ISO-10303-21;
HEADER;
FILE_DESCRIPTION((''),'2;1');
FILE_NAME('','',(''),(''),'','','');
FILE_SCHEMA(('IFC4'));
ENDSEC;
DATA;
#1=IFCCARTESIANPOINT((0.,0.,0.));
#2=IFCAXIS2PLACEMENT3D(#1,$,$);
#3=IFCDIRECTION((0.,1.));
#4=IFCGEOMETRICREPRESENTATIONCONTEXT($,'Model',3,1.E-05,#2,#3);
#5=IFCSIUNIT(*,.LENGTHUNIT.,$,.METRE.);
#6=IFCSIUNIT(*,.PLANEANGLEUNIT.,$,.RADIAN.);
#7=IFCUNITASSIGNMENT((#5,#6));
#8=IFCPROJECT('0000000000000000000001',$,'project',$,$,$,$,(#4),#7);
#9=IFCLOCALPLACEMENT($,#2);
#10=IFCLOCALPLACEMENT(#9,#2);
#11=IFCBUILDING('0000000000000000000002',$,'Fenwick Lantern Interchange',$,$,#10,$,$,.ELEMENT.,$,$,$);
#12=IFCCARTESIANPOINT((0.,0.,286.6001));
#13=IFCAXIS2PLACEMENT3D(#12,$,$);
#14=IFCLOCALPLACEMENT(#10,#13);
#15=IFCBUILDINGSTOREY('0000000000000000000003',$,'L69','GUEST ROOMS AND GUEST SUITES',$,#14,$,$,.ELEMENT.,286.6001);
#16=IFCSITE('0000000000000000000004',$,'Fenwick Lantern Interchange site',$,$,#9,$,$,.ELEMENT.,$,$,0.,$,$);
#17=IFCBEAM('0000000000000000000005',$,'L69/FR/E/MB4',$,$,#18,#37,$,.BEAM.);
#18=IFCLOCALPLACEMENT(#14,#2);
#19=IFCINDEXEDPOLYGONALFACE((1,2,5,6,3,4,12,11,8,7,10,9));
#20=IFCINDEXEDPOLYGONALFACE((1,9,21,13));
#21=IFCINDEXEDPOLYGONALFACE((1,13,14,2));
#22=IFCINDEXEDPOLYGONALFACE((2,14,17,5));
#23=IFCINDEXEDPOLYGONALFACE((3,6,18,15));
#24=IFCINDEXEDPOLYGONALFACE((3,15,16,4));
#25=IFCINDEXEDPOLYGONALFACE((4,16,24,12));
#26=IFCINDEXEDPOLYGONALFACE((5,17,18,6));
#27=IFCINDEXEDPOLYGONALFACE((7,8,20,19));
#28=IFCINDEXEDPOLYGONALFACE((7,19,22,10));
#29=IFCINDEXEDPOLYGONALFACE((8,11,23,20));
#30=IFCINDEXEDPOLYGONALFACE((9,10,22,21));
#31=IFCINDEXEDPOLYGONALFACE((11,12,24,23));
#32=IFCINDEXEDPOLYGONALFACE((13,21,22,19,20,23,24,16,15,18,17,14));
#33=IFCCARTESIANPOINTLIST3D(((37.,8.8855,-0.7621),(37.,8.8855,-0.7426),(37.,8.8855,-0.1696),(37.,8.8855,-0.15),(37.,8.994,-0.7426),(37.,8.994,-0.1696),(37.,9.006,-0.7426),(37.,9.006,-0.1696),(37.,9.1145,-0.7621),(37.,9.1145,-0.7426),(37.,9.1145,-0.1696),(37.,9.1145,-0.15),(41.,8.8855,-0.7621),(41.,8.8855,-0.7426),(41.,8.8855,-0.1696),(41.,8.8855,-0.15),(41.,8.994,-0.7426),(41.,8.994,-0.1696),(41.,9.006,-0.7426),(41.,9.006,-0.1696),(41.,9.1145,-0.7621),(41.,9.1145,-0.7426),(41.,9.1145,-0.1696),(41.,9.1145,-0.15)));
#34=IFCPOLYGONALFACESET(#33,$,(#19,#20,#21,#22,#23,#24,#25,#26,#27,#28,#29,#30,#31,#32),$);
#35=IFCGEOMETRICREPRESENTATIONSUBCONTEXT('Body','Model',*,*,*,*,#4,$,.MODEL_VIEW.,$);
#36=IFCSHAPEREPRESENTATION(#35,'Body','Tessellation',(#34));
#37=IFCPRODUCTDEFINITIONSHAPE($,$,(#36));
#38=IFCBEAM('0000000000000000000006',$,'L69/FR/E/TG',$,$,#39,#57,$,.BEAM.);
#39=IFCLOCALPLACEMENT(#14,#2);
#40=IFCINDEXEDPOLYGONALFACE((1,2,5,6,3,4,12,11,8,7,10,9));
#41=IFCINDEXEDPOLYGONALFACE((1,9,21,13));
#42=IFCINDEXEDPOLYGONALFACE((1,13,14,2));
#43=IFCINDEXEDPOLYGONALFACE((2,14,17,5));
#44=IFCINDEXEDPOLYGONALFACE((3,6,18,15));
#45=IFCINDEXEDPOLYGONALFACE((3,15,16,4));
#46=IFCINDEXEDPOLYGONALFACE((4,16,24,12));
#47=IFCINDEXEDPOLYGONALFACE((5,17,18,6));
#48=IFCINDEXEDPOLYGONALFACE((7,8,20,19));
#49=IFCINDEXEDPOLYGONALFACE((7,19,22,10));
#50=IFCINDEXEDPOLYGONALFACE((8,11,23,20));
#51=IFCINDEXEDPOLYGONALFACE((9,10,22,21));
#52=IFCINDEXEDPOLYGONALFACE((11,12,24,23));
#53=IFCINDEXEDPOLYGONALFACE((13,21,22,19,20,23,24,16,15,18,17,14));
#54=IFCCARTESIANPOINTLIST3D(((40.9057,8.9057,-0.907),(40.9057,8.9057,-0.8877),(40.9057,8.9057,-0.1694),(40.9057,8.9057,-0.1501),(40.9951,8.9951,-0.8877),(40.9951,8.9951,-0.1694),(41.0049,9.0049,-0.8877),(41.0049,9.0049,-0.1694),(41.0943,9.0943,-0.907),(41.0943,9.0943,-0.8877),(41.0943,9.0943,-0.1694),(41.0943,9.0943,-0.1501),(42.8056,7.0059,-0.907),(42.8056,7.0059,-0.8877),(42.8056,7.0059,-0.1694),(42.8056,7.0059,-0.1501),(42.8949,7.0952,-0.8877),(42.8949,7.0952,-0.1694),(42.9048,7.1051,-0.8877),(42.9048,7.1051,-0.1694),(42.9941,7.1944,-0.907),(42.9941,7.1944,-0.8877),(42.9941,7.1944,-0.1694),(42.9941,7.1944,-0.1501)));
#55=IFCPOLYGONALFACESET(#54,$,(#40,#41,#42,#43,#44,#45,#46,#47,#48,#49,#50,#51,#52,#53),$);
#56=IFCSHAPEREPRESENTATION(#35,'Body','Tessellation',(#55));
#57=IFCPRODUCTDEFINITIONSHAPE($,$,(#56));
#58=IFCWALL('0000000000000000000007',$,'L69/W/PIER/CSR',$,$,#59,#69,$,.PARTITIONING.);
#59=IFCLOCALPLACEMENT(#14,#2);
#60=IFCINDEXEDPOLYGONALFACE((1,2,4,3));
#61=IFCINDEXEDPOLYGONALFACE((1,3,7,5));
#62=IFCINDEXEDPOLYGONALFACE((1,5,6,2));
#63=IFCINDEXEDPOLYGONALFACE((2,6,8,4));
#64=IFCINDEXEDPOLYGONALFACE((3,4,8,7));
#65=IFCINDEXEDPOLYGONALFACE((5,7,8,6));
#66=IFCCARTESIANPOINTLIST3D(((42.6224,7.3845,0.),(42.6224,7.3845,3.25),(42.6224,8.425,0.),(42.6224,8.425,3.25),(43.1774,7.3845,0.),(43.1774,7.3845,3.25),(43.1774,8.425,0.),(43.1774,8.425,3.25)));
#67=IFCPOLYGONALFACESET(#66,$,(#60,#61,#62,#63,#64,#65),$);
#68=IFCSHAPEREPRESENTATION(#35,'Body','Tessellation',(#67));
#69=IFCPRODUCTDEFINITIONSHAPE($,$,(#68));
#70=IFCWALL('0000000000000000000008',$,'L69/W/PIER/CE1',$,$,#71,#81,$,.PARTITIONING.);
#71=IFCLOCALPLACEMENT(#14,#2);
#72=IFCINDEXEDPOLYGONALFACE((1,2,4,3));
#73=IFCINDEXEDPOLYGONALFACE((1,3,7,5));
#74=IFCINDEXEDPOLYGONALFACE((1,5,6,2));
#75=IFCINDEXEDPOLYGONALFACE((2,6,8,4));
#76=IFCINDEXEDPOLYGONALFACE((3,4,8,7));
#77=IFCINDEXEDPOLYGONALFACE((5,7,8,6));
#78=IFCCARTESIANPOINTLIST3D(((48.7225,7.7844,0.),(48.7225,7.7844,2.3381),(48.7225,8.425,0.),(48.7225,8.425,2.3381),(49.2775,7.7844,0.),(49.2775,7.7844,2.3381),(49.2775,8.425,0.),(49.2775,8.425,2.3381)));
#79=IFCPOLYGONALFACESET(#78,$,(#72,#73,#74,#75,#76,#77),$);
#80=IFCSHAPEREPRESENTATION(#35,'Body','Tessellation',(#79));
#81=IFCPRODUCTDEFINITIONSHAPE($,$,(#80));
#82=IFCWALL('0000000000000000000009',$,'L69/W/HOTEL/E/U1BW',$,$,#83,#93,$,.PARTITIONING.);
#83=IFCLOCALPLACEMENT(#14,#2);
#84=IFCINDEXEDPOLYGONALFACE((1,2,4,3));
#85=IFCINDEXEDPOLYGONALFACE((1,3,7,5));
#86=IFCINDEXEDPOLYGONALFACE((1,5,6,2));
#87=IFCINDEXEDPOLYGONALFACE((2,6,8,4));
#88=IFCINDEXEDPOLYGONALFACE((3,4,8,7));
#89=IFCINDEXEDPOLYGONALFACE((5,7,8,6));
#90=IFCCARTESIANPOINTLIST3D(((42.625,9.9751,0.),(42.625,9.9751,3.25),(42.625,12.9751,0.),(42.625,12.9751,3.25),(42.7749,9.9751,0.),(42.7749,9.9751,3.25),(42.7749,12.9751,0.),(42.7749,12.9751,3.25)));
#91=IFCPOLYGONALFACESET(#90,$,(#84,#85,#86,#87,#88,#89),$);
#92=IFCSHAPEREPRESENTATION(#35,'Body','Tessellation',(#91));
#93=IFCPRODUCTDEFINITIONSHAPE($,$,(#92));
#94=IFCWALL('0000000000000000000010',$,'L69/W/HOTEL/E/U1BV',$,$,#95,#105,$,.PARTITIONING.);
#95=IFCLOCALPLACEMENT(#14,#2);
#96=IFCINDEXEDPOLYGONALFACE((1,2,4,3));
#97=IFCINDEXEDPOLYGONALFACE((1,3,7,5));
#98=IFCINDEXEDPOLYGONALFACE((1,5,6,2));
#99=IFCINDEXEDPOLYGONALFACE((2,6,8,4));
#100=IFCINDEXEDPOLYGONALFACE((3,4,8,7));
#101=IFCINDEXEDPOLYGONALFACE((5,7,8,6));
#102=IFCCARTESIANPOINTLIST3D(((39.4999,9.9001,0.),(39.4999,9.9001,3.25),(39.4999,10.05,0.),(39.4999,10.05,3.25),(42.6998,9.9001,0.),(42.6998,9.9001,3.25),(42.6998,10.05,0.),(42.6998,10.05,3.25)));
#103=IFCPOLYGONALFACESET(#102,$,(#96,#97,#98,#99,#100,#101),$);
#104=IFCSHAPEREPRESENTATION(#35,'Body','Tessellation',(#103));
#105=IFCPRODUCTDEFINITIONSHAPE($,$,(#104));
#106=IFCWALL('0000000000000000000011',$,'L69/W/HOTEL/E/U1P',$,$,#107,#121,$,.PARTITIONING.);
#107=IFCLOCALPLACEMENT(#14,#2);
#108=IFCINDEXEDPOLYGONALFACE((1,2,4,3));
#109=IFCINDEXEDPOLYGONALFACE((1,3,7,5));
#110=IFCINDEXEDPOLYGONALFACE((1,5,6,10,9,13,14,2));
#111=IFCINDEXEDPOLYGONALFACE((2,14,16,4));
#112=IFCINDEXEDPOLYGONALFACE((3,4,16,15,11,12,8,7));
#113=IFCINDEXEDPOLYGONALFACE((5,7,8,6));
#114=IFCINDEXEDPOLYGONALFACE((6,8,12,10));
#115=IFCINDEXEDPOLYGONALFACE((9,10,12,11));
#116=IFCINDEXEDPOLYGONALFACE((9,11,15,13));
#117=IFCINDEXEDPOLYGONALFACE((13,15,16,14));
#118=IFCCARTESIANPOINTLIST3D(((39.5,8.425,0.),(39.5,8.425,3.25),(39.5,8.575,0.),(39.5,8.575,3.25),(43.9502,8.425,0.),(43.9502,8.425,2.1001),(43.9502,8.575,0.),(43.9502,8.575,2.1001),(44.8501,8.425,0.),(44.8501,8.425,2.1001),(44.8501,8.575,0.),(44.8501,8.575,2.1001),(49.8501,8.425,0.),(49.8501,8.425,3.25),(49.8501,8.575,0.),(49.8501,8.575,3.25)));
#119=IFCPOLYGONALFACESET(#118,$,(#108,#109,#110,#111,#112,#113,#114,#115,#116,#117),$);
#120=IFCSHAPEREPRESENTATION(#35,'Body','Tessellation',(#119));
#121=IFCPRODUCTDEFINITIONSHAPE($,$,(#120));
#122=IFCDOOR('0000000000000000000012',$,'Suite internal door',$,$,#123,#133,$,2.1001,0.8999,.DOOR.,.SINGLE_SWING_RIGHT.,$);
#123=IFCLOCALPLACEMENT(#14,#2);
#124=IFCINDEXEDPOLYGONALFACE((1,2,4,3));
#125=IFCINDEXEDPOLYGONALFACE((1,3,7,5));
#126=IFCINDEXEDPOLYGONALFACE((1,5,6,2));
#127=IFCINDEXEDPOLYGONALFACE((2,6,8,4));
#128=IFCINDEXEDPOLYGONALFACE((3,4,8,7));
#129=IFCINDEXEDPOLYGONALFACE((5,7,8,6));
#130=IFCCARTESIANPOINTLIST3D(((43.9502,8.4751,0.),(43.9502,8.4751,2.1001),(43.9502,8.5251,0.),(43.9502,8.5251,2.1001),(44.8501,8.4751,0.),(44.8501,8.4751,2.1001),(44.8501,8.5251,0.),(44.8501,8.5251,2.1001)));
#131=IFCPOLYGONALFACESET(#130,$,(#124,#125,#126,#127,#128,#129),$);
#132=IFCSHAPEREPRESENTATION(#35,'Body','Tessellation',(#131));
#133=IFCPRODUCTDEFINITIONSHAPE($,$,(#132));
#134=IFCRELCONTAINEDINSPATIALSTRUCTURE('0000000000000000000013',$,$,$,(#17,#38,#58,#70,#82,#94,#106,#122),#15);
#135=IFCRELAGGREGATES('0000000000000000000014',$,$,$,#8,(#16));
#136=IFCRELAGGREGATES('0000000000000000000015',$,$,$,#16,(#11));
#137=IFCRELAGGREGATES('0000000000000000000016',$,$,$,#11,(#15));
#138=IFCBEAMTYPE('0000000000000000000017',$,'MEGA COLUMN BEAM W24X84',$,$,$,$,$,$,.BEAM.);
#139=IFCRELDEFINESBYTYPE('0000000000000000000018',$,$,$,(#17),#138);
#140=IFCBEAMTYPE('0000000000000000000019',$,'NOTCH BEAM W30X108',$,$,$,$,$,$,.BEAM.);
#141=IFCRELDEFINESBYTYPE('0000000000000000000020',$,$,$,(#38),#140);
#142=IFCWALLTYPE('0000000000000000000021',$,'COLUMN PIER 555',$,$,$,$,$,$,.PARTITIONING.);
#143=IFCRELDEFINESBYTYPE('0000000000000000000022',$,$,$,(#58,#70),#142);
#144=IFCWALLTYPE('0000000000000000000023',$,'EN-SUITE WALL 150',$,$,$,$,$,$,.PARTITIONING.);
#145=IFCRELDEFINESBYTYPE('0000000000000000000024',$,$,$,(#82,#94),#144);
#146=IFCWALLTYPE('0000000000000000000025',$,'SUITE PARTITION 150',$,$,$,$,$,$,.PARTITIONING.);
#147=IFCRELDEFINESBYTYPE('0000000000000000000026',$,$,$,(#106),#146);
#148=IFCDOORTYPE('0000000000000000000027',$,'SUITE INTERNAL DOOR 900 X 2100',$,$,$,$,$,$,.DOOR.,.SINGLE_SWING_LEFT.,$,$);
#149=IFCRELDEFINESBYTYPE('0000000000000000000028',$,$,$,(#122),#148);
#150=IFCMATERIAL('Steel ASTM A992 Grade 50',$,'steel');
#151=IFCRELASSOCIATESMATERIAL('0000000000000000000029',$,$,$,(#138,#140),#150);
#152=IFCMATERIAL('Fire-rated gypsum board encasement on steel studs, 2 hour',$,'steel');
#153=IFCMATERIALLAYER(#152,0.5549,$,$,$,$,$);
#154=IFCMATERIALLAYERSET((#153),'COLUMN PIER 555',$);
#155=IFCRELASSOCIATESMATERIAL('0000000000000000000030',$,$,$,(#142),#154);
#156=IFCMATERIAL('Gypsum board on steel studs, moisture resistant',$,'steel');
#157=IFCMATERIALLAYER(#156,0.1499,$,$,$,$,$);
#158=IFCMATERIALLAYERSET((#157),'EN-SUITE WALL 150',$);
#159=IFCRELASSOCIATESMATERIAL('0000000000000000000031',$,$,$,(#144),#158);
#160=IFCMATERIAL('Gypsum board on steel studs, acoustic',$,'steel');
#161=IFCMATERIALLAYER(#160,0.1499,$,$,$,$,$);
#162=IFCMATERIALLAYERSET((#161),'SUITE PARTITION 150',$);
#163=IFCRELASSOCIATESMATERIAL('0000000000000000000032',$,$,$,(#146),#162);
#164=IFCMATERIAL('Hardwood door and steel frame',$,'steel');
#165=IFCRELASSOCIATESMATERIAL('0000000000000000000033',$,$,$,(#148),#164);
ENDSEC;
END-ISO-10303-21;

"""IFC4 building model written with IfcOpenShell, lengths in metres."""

from ifc_helpers import new_model, si_unit, direction, frame, frame_2d, origin, origin_2d, place, context, subcontext, project, spatial, rectangle, i_section, extrude, material, layer, layer_set, material_profile, profile_set, type_object, element, fill, save


model = new_model("IFC4")

# Units and contexts
model_context = context("Model", 3, precision=1e-05, world=origin(), true_north=direction((0.0, 1.0)))
body_context = subcontext(model_context, "Body", "Model", "MODEL_VIEW")
ifc_project = project(units=[si_unit("LENGTHUNIT", "METRE"), si_unit("PLANEANGLEUNIT", "RADIAN")], contexts=[model_context])

# Site, building, storey
site_placement = place(None, origin())
site = spatial("IfcSite", under=ifc_project, at=site_placement, Name="Fenwick Lantern Interchange site", CompositionType="ELEMENT", RefElevation=0.0)
building_placement = place(site_placement, origin())
building = spatial("IfcBuilding", under=site, at=building_placement, Name="Fenwick Lantern Interchange", CompositionType="ELEMENT")
storey_placement = place(building_placement, frame((0.0, 0.0, 286.6001)))
storey = spatial("IfcBuildingStorey", under=building, at=storey_placement, Name="L69", Description="GUEST ROOMS AND GUEST SUITES", CompositionType="ELEMENT", Elevation=286.6001)

# Shared definitions
ifc_material_1 = material(Name="Steel ASTM A992 Grade 50", Category="steel")

# Beams
ifc_material_profile_1 = material_profile(ifc_material_1, i_section(OverallWidth=0.229, OverallDepth=0.6121, WebThickness=0.012, FlangeThickness=0.0195, at=origin_2d()), Name="W24X84")
ifc_profile_set_1 = profile_set([ifc_material_profile_1], Name="Steel ASTM A992 Grade 50")
beam_type_1 = type_object("IfcBeamType", Name="MEGA COLUMN BEAM W24X84", PredefinedType="BEAM", material=ifc_profile_set_1)
for number, where, z_axis, x_axis, name in (
    (1, (41.0, 9.0, -0.4561), (-1.0, 0.0, 0.0), (0.0, -1.0, 0.0), "L69/FR/E/MB4"),
):
    element("IfcBeam", number, at=place(storey_placement, frame(where, z_axis=z_axis, x_axis=x_axis)), inside=storey, type_object=beam_type_1, Name=name, PredefinedType="BEAM", context=body_context, shape_type="SweptSolid", body=[
        extrude(i_section(OverallWidth=0.229, OverallDepth=0.6121, WebThickness=0.012, FlangeThickness=0.0195, at=origin_2d()), origin(), (0.0, 0.0, 1.0), 4.0),
    ])
ifc_material_profile_2 = material_profile(ifc_material_1, i_section(OverallWidth=0.2666, OverallDepth=0.7568, WebThickness=0.0139, FlangeThickness=0.0193, at=origin_2d()), Name="W30X108")
ifc_profile_set_2 = profile_set([ifc_material_profile_2], Name="Steel ASTM A992 Grade 50")
beam_type_2 = type_object("IfcBeamType", Name="NOTCH BEAM W30X108", PredefinedType="BEAM", material=ifc_profile_set_2)
beam_1_placement = place(storey_placement, frame((41.0, 9.0, -0.5286), z_axis=(0.707107, -0.707107, 0.0), x_axis=(0.707107, 0.707107, 0.0)))
element("IfcBeam", 2, at=beam_1_placement, inside=storey, type_object=beam_type_2, Name="L69/FR/E/TG", PredefinedType="BEAM", context=body_context, shape_type="SweptSolid", body=[
    extrude(i_section(OverallWidth=0.2666, OverallDepth=0.7568, WebThickness=0.0139, FlangeThickness=0.0193, at=origin_2d()), origin(), (0.0, 0.0, 1.0), 2.6868),
])

# Walls
ifc_material_2 = material(Name="Fire-rated gypsum board encasement on steel studs, 2 hour", Category="steel")
ifc_layer_1 = layer(ifc_material_2, 0.5549)
ifc_layer_set_1 = layer_set([ifc_layer_1], Name="COLUMN PIER 555")
wall_type_1 = type_object("IfcWallType", Name="COLUMN PIER 555", PredefinedType="PARTITIONING", material=ifc_layer_set_1)
wall_1_placement = place(storey_placement, frame((42.8999, 8.425, 0.0), z_axis=(0.0, 0.0, 1.0), x_axis=(0.0, -1.0, 0.0)))
element("IfcWall", 3, at=wall_1_placement, inside=storey, type_object=wall_type_1, Name="L69/W/PIER/CSR", PredefinedType="PARTITIONING", context=body_context, shape_type="SweptSolid", body=[
    extrude(rectangle(XDim=1.0405, YDim=0.5549, at=frame_2d((0.5203, 0.0))), origin(), (0.0, 0.0, 1.0), 3.25),
])
wall_2_placement = place(storey_placement, frame((49.0, 8.425, 0.0), z_axis=(0.0, 0.0, 1.0), x_axis=(0.0, -1.0, 0.0)))
element("IfcWall", 4, at=wall_2_placement, inside=storey, type_object=wall_type_1, Name="L69/W/PIER/CE1", PredefinedType="PARTITIONING", context=body_context, shape_type="SweptSolid", body=[
    extrude(rectangle(XDim=0.6406, YDim=0.5549, at=frame_2d((0.3203, 0.0))), origin(), (0.0, 0.0, 1.0), 2.3381),
])
ifc_material_3 = material(Name="Gypsum board on steel studs, moisture resistant", Category="steel")
ifc_layer_2 = layer(ifc_material_3, 0.1499)
ifc_layer_set_2 = layer_set([ifc_layer_2], Name="EN-SUITE WALL 150")
wall_type_2 = type_object("IfcWallType", Name="EN-SUITE WALL 150", PredefinedType="PARTITIONING", material=ifc_layer_set_2)
wall_3_placement = place(storey_placement, frame((42.7, 9.9751, 0.0), z_axis=(0.0, 0.0, 1.0), x_axis=(0.0, 1.0, 0.0)))
element("IfcWall", 5, at=wall_3_placement, inside=storey, type_object=wall_type_2, Name="L69/W/HOTEL/E/U1BW", PredefinedType="PARTITIONING", context=body_context, shape_type="SweptSolid", body=[
    extrude(rectangle(XDim=3.0, YDim=0.1499, at=frame_2d((1.5, 0.0))), origin(), (0.0, 0.0, 1.0), 3.25),
])
wall_4_placement = place(storey_placement, frame((42.7, 9.9751, 0.0), z_axis=(0.0, 0.0, 1.0), x_axis=(-1.0, 0.0, 0.0)))
element("IfcWall", 6, at=wall_4_placement, inside=storey, type_object=wall_type_2, Name="L69/W/HOTEL/E/U1BV", PredefinedType="PARTITIONING", context=body_context, shape_type="SweptSolid", body=[
    extrude(rectangle(XDim=3.2, YDim=0.1499, at=frame_2d((1.6001, 0.0))), origin(), (0.0, 0.0, 1.0), 3.25),
])

# Wall, opening, door
ifc_material_4 = material(Name="Gypsum board on steel studs, acoustic", Category="steel")
ifc_layer_3 = layer(ifc_material_4, 0.1499)
ifc_layer_set_3 = layer_set([ifc_layer_3], Name="SUITE PARTITION 150")
wall_type_3 = type_object("IfcWallType", Name="SUITE PARTITION 150", PredefinedType="PARTITIONING", material=ifc_layer_set_3)
wall_5_placement = place(storey_placement, frame((49.8501, 8.5, 0.0), z_axis=(0.0, 0.0, 1.0), x_axis=(-1.0, 0.0, 0.0)))
wall_5 = element("IfcWall", 7, at=wall_5_placement, inside=storey, type_object=wall_type_3, Name="L69/W/HOTEL/E/U1P", PredefinedType="PARTITIONING", context=body_context, shape_type="SweptSolid", body=[
    extrude(rectangle(XDim=10.3501, YDim=0.1499, at=frame_2d((5.175, 0.0))), origin(), (0.0, 0.0, 1.0), 3.25),
])
opening_placement = place(wall_5_placement, frame((5.0, 0.0, 0.0)))
opening = element("IfcOpeningElement", 8, at=opening_placement, cuts=wall_5, PredefinedType="OPENING", context=body_context, shape_type="SweptSolid", body=[
    extrude(rectangle(XDim=0.8999, YDim=2.1001, at=frame_2d((0.45, 1.05))), frame((0.0, 0.085, 0.0), z_axis=(0.0, -1.0, 0.0), x_axis=(1.0, 0.0, 0.0)), (0.0, 0.0, 1.0), 0.1699),
])
ifc_material_5 = material(Name="Hardwood door and steel frame", Category="steel")
door_type = type_object("IfcDoorType", Name="SUITE INTERNAL DOOR 900 X 2100", OperationType="SINGLE_SWING_LEFT", PredefinedType="DOOR", material=ifc_material_5)
door_placement = place(opening_placement, origin())
door = element("IfcDoor", 9, at=door_placement, inside=storey, type_object=door_type, Name="Suite internal door", OperationType="SINGLE_SWING_RIGHT", OverallHeight=2.1001, OverallWidth=0.8999, PredefinedType="DOOR", context=body_context, shape_type="SweptSolid", body=[
    extrude(rectangle(XDim=0.8999, YDim=2.1001, at=frame_2d((0.45, 1.05))), frame((0.0, 0.0249, 0.0), z_axis=(0.0, -1.0, 0.0), x_axis=(1.0, 0.0, 0.0)), (0.0, 0.0, 1.0), 0.05),
])
fill(opening, door)

save(model, "model.ifc")
